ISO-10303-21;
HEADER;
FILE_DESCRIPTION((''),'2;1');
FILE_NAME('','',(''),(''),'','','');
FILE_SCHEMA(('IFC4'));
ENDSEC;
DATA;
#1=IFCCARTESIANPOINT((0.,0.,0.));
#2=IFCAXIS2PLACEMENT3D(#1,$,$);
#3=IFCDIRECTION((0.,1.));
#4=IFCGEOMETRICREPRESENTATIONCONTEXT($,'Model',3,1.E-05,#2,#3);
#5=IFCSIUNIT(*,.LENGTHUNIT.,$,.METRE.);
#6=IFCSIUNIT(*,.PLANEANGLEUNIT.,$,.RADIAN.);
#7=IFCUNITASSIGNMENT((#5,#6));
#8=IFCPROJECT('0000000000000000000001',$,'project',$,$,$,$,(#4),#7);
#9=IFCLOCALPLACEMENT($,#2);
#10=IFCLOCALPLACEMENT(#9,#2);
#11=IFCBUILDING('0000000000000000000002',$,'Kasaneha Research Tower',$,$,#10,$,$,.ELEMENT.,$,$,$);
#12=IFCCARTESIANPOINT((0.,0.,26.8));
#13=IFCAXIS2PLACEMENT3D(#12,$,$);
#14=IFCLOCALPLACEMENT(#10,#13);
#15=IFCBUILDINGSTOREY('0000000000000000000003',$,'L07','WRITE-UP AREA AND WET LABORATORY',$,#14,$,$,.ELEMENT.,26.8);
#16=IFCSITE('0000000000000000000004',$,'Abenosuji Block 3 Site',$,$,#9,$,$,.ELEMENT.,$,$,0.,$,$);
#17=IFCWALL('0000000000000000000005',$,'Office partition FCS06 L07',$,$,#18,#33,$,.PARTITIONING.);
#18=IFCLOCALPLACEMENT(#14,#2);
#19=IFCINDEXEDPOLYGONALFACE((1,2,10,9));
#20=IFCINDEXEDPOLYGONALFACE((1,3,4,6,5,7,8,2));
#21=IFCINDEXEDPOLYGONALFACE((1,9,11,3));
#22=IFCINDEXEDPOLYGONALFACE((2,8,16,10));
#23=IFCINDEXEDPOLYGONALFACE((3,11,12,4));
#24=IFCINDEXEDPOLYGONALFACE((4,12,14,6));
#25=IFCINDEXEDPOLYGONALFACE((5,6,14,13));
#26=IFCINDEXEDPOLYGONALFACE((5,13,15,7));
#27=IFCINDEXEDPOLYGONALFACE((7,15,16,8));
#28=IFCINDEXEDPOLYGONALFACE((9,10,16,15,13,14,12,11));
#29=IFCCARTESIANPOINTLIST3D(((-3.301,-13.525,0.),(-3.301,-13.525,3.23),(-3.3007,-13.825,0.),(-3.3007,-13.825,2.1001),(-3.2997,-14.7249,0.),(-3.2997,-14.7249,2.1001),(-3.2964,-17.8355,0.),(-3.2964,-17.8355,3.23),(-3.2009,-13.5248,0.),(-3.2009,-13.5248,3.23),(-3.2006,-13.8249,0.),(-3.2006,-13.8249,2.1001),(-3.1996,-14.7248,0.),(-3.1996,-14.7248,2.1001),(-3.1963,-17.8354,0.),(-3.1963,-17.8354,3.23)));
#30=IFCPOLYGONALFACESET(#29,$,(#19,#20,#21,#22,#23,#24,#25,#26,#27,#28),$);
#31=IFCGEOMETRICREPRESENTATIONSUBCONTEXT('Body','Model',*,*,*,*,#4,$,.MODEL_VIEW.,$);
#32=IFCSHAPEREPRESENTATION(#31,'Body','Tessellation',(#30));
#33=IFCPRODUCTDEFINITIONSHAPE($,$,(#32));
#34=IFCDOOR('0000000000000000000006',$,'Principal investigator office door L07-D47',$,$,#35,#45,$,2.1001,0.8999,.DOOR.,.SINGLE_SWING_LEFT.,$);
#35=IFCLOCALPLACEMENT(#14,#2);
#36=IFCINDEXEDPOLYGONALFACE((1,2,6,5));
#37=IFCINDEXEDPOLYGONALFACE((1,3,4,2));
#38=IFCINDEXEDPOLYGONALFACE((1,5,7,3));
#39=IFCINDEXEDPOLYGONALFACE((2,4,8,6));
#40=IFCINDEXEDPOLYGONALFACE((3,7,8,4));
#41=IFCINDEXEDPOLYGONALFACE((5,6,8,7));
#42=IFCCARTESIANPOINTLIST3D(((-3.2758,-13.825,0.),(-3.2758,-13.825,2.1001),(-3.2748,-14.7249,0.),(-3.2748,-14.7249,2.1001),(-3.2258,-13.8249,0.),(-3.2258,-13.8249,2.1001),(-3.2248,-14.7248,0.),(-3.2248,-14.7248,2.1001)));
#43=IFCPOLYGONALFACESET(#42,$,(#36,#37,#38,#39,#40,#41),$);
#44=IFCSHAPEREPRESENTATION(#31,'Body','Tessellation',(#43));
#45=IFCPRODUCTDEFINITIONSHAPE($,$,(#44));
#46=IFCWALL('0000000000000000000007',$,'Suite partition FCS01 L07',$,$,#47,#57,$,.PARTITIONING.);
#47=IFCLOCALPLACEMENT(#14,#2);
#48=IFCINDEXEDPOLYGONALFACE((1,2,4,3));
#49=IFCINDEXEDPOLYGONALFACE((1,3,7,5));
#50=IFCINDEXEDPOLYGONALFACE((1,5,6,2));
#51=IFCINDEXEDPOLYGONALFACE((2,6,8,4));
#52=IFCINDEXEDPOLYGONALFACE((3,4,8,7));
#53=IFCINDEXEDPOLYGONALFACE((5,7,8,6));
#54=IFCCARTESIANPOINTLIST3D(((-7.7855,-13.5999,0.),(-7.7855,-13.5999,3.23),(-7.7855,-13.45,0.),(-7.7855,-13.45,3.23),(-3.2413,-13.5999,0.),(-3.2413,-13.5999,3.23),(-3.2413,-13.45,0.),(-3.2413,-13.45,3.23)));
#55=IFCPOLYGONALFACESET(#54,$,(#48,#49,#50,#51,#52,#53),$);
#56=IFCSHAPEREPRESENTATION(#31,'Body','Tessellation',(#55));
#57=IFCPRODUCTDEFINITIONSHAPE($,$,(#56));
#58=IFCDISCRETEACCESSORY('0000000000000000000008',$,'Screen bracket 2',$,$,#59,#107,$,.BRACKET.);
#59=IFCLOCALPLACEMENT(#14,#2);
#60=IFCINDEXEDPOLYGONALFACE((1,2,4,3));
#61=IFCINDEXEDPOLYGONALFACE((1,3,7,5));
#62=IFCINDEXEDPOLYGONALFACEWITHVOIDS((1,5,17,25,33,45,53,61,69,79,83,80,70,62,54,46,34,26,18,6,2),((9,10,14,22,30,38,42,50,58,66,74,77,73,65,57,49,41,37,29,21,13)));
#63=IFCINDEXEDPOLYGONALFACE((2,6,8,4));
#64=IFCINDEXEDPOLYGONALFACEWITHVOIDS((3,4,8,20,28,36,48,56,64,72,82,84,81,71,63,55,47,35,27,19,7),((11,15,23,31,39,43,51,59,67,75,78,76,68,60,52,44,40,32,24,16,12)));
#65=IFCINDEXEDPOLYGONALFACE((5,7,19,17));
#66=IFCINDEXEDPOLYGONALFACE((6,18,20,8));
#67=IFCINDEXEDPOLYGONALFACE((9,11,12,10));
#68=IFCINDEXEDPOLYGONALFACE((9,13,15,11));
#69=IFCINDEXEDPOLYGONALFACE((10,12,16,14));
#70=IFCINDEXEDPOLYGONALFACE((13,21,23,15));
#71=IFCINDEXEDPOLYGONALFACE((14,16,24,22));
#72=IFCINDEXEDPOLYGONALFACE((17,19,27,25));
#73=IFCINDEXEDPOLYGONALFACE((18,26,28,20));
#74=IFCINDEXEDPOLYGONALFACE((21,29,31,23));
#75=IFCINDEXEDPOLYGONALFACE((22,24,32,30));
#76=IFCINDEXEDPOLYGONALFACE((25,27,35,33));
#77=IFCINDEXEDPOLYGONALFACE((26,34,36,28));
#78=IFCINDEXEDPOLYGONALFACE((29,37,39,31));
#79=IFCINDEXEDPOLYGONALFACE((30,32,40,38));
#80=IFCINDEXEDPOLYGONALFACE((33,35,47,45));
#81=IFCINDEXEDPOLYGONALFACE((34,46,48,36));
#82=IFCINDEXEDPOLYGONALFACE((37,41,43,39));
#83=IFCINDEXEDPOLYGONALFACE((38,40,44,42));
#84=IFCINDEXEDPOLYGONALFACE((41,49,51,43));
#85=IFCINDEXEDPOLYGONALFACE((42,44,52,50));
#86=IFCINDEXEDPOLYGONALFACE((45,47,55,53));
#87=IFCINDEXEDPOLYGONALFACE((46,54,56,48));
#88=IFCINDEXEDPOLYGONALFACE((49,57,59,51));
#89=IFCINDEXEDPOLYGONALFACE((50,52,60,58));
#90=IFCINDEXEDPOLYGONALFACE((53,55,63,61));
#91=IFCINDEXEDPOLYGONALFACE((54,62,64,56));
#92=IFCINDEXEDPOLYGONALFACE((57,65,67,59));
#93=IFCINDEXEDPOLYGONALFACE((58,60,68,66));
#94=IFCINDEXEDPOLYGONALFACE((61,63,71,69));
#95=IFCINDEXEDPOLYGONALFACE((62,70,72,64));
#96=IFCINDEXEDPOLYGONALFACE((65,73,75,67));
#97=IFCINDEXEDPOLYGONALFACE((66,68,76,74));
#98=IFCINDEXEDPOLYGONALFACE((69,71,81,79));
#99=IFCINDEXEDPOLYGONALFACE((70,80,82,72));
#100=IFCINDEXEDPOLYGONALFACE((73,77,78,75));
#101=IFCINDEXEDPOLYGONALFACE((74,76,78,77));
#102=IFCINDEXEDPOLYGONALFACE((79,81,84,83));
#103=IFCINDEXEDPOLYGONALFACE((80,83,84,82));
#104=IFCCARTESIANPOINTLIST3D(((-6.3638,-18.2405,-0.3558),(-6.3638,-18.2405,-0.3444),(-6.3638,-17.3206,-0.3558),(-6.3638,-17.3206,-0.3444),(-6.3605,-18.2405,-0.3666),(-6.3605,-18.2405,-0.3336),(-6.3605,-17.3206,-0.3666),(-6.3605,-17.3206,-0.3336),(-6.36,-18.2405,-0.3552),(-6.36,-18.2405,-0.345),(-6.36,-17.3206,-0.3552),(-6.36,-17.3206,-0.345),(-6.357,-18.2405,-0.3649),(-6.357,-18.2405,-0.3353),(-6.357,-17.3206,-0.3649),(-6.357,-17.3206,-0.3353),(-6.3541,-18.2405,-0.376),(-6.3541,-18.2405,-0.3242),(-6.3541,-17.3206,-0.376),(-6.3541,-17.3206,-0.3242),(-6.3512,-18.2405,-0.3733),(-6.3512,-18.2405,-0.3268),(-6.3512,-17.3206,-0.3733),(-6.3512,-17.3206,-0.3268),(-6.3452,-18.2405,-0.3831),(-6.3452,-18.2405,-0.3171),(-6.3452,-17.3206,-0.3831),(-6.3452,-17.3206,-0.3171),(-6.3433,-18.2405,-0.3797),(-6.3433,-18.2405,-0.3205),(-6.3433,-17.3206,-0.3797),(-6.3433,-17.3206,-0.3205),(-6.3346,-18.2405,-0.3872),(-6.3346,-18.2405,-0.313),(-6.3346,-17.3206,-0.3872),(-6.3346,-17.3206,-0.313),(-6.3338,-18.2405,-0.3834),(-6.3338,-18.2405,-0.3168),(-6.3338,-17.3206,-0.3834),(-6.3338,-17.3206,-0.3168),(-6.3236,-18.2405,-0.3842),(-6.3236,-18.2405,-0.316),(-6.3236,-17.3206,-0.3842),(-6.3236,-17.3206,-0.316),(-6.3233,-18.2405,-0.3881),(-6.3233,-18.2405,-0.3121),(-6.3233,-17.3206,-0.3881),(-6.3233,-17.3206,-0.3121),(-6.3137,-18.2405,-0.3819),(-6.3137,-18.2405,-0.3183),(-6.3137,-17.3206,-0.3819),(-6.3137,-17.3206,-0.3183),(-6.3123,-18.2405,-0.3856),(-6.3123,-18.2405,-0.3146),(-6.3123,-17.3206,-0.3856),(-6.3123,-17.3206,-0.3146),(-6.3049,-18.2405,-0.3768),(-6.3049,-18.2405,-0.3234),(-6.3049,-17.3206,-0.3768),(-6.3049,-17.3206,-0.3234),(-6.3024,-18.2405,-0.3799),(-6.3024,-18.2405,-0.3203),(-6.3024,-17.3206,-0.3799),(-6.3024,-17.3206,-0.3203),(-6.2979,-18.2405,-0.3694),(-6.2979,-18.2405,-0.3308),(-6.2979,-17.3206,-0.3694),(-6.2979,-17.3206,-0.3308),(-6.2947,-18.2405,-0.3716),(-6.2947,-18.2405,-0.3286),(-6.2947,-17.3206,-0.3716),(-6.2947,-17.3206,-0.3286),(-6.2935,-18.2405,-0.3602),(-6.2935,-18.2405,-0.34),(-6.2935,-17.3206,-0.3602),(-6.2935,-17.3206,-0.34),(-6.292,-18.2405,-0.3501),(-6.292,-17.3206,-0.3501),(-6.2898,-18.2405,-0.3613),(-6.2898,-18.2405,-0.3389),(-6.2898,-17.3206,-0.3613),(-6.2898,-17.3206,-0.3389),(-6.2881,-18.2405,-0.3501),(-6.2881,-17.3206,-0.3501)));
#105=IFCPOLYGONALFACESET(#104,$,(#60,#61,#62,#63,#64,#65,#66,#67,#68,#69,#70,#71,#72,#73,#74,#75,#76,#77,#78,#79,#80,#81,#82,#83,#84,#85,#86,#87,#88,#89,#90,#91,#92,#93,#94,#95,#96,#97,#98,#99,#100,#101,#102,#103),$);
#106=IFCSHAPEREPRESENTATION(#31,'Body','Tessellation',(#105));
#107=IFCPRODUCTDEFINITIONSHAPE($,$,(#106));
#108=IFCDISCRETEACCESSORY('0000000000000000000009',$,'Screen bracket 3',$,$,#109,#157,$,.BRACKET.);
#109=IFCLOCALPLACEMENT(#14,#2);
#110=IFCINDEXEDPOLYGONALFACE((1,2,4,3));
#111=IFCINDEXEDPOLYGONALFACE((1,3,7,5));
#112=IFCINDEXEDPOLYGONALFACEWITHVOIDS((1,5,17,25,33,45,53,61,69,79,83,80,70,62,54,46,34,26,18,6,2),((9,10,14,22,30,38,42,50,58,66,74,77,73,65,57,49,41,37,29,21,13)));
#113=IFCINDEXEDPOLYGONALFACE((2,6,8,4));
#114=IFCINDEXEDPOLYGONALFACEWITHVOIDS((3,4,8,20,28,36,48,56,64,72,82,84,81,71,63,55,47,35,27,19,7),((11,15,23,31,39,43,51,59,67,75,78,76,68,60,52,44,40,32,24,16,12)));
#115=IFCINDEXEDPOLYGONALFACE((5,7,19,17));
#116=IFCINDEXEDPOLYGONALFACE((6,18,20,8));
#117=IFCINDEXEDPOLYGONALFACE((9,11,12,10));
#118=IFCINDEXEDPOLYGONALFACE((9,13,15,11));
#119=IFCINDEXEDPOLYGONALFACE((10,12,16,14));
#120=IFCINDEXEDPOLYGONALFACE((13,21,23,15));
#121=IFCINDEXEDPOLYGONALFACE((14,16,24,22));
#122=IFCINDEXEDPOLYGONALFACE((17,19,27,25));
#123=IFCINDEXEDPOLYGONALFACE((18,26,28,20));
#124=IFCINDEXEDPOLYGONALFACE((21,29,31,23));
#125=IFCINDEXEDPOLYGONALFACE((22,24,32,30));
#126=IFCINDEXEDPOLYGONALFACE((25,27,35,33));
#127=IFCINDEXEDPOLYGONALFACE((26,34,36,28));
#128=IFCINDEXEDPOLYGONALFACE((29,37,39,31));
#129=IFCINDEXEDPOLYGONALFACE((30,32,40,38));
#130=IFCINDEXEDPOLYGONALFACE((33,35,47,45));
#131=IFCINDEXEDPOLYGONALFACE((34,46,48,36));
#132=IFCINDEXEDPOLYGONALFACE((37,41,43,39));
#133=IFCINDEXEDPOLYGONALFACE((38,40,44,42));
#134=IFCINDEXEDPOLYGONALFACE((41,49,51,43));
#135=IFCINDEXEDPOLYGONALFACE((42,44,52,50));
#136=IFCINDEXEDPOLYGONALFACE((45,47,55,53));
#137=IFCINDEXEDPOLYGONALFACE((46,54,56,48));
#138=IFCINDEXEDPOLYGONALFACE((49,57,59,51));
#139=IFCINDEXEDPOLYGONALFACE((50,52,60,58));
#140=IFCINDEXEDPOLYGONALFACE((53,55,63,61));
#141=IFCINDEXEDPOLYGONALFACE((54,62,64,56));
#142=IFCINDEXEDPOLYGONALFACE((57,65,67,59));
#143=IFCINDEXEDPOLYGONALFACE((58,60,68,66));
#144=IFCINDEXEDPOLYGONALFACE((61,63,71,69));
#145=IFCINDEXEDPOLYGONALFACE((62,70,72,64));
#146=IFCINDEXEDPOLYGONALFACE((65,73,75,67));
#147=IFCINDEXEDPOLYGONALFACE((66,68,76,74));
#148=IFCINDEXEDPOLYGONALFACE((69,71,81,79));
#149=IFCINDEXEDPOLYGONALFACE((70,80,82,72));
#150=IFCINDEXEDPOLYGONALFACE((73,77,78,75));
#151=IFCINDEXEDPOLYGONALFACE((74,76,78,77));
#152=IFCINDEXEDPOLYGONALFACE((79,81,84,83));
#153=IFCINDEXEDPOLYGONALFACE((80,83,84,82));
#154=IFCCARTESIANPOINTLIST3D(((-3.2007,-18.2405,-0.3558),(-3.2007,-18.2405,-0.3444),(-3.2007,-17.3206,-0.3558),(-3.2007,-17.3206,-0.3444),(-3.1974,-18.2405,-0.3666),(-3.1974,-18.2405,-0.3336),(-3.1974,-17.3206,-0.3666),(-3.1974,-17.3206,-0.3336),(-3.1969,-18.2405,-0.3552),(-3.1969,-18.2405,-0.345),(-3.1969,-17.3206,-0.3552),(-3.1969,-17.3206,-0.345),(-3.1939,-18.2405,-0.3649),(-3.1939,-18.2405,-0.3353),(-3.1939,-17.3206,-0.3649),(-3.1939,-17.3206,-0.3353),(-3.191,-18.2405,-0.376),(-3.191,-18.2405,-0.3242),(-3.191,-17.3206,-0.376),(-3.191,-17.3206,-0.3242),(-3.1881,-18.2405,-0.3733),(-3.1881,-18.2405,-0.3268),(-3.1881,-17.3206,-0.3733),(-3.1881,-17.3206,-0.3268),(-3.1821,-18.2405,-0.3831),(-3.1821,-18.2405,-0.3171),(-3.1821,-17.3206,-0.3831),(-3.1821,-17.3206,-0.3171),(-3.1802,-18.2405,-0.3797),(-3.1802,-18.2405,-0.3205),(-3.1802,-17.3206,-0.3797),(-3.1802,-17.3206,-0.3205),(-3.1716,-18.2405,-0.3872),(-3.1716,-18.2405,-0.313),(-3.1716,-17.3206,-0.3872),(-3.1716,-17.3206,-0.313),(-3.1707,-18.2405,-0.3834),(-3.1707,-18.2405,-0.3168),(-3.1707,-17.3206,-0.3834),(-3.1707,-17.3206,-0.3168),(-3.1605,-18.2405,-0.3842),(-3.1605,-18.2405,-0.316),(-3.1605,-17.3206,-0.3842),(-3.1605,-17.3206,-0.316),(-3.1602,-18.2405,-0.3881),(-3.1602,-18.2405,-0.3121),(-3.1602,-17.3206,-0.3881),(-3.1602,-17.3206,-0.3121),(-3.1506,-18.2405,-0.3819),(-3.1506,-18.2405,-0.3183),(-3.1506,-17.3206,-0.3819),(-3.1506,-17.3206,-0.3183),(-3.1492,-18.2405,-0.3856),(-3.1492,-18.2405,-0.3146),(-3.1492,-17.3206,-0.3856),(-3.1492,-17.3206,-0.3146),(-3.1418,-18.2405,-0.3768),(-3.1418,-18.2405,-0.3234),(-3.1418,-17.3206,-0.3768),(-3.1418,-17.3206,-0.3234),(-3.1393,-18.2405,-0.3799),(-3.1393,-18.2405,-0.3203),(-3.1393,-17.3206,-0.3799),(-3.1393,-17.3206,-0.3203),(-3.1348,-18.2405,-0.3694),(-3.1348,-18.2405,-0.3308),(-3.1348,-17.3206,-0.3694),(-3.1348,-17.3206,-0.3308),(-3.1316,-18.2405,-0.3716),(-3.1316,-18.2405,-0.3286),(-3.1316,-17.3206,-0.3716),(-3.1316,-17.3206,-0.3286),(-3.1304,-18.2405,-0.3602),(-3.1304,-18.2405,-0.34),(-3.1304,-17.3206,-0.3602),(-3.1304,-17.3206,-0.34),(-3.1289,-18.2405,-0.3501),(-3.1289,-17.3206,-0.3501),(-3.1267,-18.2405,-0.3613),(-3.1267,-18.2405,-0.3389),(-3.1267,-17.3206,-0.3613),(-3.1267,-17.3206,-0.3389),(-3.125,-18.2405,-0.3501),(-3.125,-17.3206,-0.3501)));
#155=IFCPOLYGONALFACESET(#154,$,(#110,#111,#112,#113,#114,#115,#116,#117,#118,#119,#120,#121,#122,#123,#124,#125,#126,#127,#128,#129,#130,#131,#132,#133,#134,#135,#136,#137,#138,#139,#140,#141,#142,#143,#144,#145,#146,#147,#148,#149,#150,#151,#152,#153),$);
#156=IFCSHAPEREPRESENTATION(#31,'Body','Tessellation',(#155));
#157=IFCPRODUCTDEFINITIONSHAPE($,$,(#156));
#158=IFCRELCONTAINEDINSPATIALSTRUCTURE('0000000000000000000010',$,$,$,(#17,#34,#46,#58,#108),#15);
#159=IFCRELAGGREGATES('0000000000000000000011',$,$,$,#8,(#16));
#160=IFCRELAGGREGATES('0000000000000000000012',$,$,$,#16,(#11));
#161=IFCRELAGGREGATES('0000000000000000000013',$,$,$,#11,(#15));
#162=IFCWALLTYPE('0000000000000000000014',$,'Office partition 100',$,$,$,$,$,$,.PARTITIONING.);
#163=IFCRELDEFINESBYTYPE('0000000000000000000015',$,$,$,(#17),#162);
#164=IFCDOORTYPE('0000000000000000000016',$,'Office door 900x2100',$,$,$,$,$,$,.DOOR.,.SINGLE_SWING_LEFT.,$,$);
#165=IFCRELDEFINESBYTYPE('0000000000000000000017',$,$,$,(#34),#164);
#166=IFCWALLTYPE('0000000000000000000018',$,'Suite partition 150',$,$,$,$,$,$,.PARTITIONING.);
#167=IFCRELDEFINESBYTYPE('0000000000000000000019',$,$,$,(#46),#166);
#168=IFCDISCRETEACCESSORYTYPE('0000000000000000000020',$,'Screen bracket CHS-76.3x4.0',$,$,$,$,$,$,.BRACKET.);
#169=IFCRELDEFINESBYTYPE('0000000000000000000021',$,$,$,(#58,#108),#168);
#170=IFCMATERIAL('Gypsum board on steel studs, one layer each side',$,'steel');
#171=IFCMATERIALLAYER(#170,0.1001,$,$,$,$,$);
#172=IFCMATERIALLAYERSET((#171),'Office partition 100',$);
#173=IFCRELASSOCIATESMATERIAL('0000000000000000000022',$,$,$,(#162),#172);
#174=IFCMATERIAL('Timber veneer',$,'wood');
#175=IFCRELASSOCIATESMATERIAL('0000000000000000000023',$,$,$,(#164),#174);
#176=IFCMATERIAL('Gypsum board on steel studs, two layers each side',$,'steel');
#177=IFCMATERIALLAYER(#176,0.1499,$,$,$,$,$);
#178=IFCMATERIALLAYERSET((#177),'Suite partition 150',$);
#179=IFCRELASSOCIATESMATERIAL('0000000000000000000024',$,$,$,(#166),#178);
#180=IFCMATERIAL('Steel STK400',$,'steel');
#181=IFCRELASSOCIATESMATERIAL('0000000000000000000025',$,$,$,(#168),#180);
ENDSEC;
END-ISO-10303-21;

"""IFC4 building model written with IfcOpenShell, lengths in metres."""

from ifc_helpers import new_model, si_unit, direction, frame, frame_2d, origin, origin_2d, place, context, subcontext, project, spatial, rectangle, hollow_circle, extrude, material, layer, layer_set, material_profile, profile_set, type_object, element, fill, save


model = new_model("IFC4")

# Units and contexts
model_context = context("Model", 3, precision=1e-05, world=origin(), true_north=direction((0.0, 1.0)))
body_context = subcontext(model_context, "Body", "Model", "MODEL_VIEW")
ifc_project = project(units=[si_unit("LENGTHUNIT", "METRE"), si_unit("PLANEANGLEUNIT", "RADIAN")], contexts=[model_context])

# Site, building, storey
site_placement = place(None, origin())
site = spatial("IfcSite", under=ifc_project, at=site_placement, Name="Abenosuji Block 3 Site", CompositionType="ELEMENT", RefElevation=0.0)
building_placement = place(site_placement, origin())
building = spatial("IfcBuilding", under=site, at=building_placement, Name="Kasaneha Research Tower", CompositionType="ELEMENT")
storey_placement = place(building_placement, frame((0.0, 0.0, 26.8)))
storey = spatial("IfcBuildingStorey", under=building, at=storey_placement, Name="L07", Description="WRITE-UP AREA AND WET LABORATORY", CompositionType="ELEMENT", Elevation=26.8)

# Wall, opening, door
ifc_material_1 = material(Name="Gypsum board on steel studs, one layer each side", Category="steel")
ifc_layer_1 = layer(ifc_material_1, 0.1001)
ifc_layer_set_1 = layer_set([ifc_layer_1], Name="Office partition 100")
wall_type_1 = type_object("IfcWallType", Name="Office partition 100", PredefinedType="PARTITIONING", material=ifc_layer_set_1)
wall_1_placement = place(storey_placement, frame((-3.251, -13.5249, 0.0), z_axis=(0.0, 0.0, 1.0), x_axis=(0.001076, -0.999999, 0.0)))
wall_1 = element("IfcWall", 1, at=wall_1_placement, inside=storey, type_object=wall_type_1, Name="Office partition FCS06 L07", PredefinedType="PARTITIONING", context=body_context, shape_type="SweptSolid", body=[
    extrude(rectangle(XDim=4.3105, YDim=0.1001, at=frame_2d((2.1553, 0.0))), origin(), (0.0, 0.0, 1.0), 3.23),
])
opening_1_placement = place(wall_1_placement, frame((0.3, 0.0, 0.0)))
opening_1 = element("IfcOpeningElement", 2, at=opening_1_placement, cuts=wall_1, PredefinedType="OPENING", context=body_context, shape_type="SweptSolid", body=[
    extrude(rectangle(XDim=0.8999, YDim=2.1001, at=frame_2d((0.45, 1.05))), frame((0.0, 0.0601, 0.0), z_axis=(0.0, -1.0, 0.0), x_axis=(1.0, 0.0, 0.0)), (0.0, 0.0, 1.0), 0.1201),
])
ifc_material_2 = material(Name="Timber veneer", Category="wood")
door_type_1 = type_object("IfcDoorType", Name="Office door 900x2100", OperationType="SINGLE_SWING_LEFT", PredefinedType="DOOR", material=ifc_material_2)
door_1_placement = place(opening_1_placement, origin())
door_1 = element("IfcDoor", 3, at=door_1_placement, inside=storey, type_object=door_type_1, Name="Principal investigator office door L07-D47", OperationType="SINGLE_SWING_LEFT", OverallHeight=2.1001, OverallWidth=0.8999, PredefinedType="DOOR", context=body_context, shape_type="SweptSolid", body=[
    extrude(rectangle(XDim=0.8999, YDim=2.1001, at=frame_2d((0.45, 1.05))), frame((0.0, 0.0249, 0.0), z_axis=(0.0, -1.0, 0.0), x_axis=(1.0, 0.0, 0.0)), (0.0, 0.0, 1.0), 0.05),
])
fill(opening_1, door_1)

# Wall
ifc_material_3 = material(Name="Gypsum board on steel studs, two layers each side", Category="steel")
ifc_layer_2 = layer(ifc_material_3, 0.1499)
ifc_layer_set_2 = layer_set([ifc_layer_2], Name="Suite partition 150")
wall_type_2 = type_object("IfcWallType", Name="Suite partition 150", PredefinedType="PARTITIONING", material=ifc_layer_set_2)
wall_2_placement = place(storey_placement, frame((-3.2415, -13.5249, 0.0), z_axis=(0.0, 0.0, 1.0), x_axis=(-1.0, 0.0, 0.0)))
element("IfcWall", 4, at=wall_2_placement, inside=storey, type_object=wall_type_2, Name="Suite partition FCS01 L07", PredefinedType="PARTITIONING", context=body_context, shape_type="SweptSolid", body=[
    extrude(rectangle(XDim=4.5442, YDim=0.1499, at=frame_2d((2.272, 0.0))), origin(), (0.0, 0.0, 1.0), 3.23),
])

# Discrete accessories
ifc_material_4 = material(Name="Steel STK400", Category="steel")
ifc_material_profile_1 = material_profile(ifc_material_4, hollow_circle(Radius=0.0381, WallThickness=0.0039, at=origin_2d()), Name="CHS-76.3x4.0")
ifc_profile_set_1 = profile_set([ifc_material_profile_1], Name="Steel STK400")
discrete_accessory_type = type_object("IfcDiscreteAccessoryType", Name="Screen bracket CHS-76.3x4.0", PredefinedType="BRACKET", material=ifc_profile_set_1)
for number, where, z_axis, x_axis, name in (
    (5, (-6.3262, -17.3206, -0.3501), (0.0, -1.0, 0.0), (1.0, 0.0, 0.0), "Screen bracket 2"),
    (6, (-3.1631, -17.3206, -0.3501), (0.0, -1.0, 0.0), (1.0, 0.0, 0.0), "Screen bracket 3"),
):
    element("IfcDiscreteAccessory", number, at=place(storey_placement, frame(where, z_axis=z_axis, x_axis=x_axis)), inside=storey, type_object=discrete_accessory_type, Name=name, PredefinedType="BRACKET", context=body_context, shape_type="SweptSolid", body=[
        extrude(hollow_circle(Radius=0.0381, WallThickness=0.0039, at=origin_2d()), origin(), (0.0, 0.0, 1.0), 0.9199),
    ])

save(model, "model.ifc")
